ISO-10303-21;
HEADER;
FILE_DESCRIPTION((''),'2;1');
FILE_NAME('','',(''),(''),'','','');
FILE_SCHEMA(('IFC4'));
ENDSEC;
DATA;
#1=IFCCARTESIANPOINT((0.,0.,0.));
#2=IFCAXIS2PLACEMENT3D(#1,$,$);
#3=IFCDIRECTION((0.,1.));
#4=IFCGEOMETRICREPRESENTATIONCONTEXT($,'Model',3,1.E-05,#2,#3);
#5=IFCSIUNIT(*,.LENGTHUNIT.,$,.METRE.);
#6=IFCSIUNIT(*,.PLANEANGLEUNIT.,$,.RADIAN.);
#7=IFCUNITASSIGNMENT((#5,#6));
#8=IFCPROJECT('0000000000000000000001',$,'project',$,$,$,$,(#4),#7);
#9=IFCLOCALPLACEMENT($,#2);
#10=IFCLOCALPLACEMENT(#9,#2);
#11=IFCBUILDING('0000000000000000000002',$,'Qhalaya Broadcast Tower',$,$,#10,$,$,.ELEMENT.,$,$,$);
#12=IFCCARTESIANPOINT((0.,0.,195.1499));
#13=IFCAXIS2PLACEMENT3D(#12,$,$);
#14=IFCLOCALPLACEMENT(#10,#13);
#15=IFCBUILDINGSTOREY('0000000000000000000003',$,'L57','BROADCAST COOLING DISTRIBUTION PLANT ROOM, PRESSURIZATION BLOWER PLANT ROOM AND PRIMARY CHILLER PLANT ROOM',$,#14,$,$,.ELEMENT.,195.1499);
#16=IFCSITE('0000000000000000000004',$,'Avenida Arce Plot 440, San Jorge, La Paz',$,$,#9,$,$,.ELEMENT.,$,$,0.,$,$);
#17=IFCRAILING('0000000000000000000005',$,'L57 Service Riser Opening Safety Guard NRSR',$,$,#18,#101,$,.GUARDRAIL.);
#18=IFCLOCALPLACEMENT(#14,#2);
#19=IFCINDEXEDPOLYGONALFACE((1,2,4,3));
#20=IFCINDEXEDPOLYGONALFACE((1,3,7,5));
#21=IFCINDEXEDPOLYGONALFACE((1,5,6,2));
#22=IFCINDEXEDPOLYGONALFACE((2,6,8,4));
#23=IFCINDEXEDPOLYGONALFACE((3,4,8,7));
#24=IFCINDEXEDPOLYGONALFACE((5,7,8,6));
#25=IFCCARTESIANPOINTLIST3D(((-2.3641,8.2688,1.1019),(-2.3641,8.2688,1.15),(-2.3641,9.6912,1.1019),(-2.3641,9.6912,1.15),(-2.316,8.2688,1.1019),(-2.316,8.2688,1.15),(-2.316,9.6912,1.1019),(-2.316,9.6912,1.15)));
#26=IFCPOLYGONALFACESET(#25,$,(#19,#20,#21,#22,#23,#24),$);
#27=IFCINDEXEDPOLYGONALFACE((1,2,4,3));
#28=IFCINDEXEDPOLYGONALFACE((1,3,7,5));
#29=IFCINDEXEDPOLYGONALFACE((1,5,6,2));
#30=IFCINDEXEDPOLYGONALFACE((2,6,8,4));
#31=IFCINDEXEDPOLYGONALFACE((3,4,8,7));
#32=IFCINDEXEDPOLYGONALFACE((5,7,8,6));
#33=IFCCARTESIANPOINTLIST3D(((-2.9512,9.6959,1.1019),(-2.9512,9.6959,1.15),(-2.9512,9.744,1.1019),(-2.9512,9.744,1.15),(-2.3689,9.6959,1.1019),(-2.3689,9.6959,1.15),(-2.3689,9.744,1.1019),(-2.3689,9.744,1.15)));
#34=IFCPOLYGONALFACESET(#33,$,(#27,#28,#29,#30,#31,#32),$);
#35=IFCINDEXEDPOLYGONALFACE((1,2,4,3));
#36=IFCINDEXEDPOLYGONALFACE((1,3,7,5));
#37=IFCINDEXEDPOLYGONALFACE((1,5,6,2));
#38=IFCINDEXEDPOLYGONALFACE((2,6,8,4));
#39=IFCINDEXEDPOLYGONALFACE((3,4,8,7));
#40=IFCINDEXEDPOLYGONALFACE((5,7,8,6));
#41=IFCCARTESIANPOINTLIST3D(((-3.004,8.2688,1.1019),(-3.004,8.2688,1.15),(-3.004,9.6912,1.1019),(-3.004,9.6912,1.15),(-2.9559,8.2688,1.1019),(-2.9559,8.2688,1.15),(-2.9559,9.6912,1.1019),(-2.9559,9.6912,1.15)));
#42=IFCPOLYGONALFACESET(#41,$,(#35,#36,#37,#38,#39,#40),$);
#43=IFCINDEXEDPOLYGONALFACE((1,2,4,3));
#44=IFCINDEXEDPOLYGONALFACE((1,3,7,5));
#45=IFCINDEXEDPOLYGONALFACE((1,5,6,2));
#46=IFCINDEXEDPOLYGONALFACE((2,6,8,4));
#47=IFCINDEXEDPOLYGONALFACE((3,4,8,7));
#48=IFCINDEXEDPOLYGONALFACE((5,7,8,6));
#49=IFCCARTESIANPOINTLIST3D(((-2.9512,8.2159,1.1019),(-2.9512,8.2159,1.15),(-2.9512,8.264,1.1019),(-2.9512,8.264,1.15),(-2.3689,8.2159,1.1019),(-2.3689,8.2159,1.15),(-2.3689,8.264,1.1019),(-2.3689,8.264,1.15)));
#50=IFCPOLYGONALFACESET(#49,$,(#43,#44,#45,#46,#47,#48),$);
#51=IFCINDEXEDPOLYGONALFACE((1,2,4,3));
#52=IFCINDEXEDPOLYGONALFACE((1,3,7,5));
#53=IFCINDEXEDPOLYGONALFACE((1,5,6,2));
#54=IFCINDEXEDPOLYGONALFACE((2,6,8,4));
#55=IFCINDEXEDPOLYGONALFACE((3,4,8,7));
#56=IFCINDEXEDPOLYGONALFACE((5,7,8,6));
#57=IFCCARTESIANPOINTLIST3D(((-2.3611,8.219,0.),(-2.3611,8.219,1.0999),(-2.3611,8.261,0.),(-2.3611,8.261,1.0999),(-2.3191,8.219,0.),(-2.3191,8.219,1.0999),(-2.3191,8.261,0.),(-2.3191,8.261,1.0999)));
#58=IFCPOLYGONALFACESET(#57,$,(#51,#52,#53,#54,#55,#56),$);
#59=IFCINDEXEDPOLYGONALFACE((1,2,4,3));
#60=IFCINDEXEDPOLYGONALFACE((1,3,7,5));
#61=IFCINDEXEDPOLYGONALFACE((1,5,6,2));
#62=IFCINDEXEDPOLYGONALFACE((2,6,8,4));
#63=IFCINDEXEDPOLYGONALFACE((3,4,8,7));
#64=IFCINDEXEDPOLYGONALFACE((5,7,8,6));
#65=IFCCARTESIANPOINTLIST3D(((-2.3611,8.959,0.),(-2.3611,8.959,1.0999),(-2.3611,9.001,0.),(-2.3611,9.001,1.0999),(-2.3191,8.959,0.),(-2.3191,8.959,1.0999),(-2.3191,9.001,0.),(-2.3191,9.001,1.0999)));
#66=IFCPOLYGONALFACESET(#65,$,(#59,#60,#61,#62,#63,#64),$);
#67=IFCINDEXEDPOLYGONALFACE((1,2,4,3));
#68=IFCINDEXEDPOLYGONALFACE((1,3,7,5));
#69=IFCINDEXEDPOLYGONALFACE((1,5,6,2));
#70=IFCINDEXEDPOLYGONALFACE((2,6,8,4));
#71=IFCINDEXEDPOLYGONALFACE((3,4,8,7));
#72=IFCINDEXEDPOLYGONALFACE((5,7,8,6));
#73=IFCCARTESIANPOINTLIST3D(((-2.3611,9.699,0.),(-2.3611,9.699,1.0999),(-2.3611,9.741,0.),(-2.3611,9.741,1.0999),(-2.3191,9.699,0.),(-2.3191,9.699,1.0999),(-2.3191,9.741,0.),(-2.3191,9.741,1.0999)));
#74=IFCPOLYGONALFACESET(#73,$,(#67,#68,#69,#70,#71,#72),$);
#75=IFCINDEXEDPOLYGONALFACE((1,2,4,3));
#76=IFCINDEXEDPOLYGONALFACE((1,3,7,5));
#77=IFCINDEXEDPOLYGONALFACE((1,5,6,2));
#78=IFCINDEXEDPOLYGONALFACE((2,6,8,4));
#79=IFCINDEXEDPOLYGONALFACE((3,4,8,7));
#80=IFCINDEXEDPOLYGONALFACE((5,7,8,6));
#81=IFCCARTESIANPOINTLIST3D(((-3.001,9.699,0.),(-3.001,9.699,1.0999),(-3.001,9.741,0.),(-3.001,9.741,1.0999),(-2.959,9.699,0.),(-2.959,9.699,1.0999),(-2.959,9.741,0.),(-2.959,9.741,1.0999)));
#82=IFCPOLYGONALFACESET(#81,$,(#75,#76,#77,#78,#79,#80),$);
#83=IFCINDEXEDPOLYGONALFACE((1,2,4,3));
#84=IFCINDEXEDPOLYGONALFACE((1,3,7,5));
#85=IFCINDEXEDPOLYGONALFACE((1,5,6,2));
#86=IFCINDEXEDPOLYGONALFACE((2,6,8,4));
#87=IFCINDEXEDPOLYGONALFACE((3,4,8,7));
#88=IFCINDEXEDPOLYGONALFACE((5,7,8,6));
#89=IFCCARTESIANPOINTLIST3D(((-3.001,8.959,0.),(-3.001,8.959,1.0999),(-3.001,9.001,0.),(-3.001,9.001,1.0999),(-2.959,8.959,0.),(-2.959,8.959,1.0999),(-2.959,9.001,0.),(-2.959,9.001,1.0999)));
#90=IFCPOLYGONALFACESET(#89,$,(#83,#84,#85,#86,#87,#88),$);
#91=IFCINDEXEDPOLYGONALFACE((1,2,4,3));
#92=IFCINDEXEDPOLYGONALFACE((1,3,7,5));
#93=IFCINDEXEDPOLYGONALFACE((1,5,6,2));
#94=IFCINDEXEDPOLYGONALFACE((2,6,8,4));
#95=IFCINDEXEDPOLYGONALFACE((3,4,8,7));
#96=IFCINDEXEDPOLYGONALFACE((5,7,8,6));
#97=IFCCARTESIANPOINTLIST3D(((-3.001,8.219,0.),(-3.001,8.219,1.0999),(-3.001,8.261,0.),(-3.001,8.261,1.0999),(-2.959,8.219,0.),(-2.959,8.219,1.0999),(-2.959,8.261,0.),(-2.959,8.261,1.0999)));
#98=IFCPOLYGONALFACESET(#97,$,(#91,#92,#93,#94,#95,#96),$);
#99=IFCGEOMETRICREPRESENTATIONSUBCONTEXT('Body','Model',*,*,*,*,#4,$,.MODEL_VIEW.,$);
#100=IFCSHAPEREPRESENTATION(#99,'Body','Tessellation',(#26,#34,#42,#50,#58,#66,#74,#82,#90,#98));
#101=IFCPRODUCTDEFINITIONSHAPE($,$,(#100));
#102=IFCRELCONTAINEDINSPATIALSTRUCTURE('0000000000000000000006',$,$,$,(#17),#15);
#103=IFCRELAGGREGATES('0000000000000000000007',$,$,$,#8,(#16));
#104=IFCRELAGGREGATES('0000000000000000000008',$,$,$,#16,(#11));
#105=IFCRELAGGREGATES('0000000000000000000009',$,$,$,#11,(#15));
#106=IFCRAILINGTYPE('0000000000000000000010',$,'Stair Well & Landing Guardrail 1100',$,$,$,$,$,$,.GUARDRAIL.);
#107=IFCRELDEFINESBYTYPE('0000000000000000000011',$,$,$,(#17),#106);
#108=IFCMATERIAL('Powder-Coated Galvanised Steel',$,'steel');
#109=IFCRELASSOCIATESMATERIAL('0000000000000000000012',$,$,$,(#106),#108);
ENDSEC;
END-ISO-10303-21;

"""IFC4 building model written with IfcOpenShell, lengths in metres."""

from ifc_helpers import new_model, si_unit, direction, frame, origin, origin_2d, place, context, subcontext, project, spatial, rectangle, extrude, material, type_object, element, save


model = new_model("IFC4")

# Units and contexts
model_context = context("Model", 3, precision=1e-05, world=origin(), true_north=direction((0.0, 1.0)))
body_context = subcontext(model_context, "Body", "Model", "MODEL_VIEW")
ifc_project = project(units=[si_unit("LENGTHUNIT", "METRE"), si_unit("PLANEANGLEUNIT", "RADIAN")], contexts=[model_context])

# Site, building, storey
site_placement = place(None, origin())
site = spatial("IfcSite", under=ifc_project, at=site_placement, Name="Avenida Arce Plot 440, San Jorge, La Paz", CompositionType="ELEMENT", RefElevation=0.0)
building_placement = place(site_placement, origin())
building = spatial("IfcBuilding", under=site, at=building_placement, Name="Qhalaya Broadcast Tower", CompositionType="ELEMENT")
storey_placement = place(building_placement, frame((0.0, 0.0, 195.1499)))
storey = spatial("IfcBuildingStorey", under=building, at=storey_placement, Name="L57", Description="BROADCAST COOLING DISTRIBUTION PLANT ROOM, PRESSURIZATION BLOWER PLANT ROOM AND PRIMARY CHILLER PLANT ROOM", CompositionType="ELEMENT", Elevation=195.1499)

# Railing
ifc_material_1 = material(Name="Powder-Coated Galvanised Steel", Category="steel")
railing_type = type_object("IfcRailingType", Name="Stair Well & Landing Guardrail 1100", PredefinedType="GUARDRAIL", material=ifc_material_1)
railing_placement = place(storey_placement, frame((-2.3401, 8.24, 0.0)))
element("IfcRailing", 1, at=railing_placement, inside=storey, type_object=railing_type, Name="L57 Service Riser Opening Safety Guard NRSR", PredefinedType="GUARDRAIL", context=body_context, shape_type="SweptSolid", body=[
    extrude(rectangle(XDim=0.0481, YDim=0.0481, at=origin_2d()), frame((0.0, 0.0288, 1.126), z_axis=(0.0, 1.0, 0.0), x_axis=(-1.0, 0.0, 0.0)), (0.0, 0.0, 1.0), 1.4224),
    extrude(rectangle(XDim=0.0481, YDim=0.0481, at=origin_2d()), frame((-0.0288, 1.48, 1.126), z_axis=(-1.0, 0.0, 0.0), x_axis=(0.0, -1.0, 0.0)), (0.0, 0.0, 1.0), 0.5823),
    extrude(rectangle(XDim=0.0481, YDim=0.0481, at=origin_2d()), frame((-0.6399, 1.4512, 1.126), z_axis=(0.0, -1.0, 0.0), x_axis=(1.0, 0.0, 0.0)), (0.0, 0.0, 1.0), 1.4224),
    extrude(rectangle(XDim=0.0481, YDim=0.0481, at=origin_2d()), frame((-0.6111, 0.0, 1.126), z_axis=(1.0, 0.0, 0.0), x_axis=(0.0, 1.0, 0.0)), (0.0, 0.0, 1.0), 0.5823),
    extrude(rectangle(XDim=0.042, YDim=0.042, at=origin_2d()), origin(), (0.0, 0.0, 1.0), 1.0999),
    extrude(rectangle(XDim=0.042, YDim=0.042, at=origin_2d()), frame((0.0, 0.74, 0.0)), (0.0, 0.0, 1.0), 1.0999),
    extrude(rectangle(XDim=0.042, YDim=0.042, at=origin_2d()), frame((0.0, 1.48, 0.0)), (0.0, 0.0, 1.0), 1.0999),
    extrude(rectangle(XDim=0.042, YDim=0.042, at=origin_2d()), frame((-0.6399, 1.48, 0.0)), (0.0, 0.0, 1.0), 1.0999),
    extrude(rectangle(XDim=0.042, YDim=0.042, at=origin_2d()), frame((-0.6399, 0.74, 0.0)), (0.0, 0.0, 1.0), 1.0999),
    extrude(rectangle(XDim=0.042, YDim=0.042, at=origin_2d()), frame((-0.6399, 0.0, 0.0)), (0.0, 0.0, 1.0), 1.0999),
])

save(model, "model.ifc")
